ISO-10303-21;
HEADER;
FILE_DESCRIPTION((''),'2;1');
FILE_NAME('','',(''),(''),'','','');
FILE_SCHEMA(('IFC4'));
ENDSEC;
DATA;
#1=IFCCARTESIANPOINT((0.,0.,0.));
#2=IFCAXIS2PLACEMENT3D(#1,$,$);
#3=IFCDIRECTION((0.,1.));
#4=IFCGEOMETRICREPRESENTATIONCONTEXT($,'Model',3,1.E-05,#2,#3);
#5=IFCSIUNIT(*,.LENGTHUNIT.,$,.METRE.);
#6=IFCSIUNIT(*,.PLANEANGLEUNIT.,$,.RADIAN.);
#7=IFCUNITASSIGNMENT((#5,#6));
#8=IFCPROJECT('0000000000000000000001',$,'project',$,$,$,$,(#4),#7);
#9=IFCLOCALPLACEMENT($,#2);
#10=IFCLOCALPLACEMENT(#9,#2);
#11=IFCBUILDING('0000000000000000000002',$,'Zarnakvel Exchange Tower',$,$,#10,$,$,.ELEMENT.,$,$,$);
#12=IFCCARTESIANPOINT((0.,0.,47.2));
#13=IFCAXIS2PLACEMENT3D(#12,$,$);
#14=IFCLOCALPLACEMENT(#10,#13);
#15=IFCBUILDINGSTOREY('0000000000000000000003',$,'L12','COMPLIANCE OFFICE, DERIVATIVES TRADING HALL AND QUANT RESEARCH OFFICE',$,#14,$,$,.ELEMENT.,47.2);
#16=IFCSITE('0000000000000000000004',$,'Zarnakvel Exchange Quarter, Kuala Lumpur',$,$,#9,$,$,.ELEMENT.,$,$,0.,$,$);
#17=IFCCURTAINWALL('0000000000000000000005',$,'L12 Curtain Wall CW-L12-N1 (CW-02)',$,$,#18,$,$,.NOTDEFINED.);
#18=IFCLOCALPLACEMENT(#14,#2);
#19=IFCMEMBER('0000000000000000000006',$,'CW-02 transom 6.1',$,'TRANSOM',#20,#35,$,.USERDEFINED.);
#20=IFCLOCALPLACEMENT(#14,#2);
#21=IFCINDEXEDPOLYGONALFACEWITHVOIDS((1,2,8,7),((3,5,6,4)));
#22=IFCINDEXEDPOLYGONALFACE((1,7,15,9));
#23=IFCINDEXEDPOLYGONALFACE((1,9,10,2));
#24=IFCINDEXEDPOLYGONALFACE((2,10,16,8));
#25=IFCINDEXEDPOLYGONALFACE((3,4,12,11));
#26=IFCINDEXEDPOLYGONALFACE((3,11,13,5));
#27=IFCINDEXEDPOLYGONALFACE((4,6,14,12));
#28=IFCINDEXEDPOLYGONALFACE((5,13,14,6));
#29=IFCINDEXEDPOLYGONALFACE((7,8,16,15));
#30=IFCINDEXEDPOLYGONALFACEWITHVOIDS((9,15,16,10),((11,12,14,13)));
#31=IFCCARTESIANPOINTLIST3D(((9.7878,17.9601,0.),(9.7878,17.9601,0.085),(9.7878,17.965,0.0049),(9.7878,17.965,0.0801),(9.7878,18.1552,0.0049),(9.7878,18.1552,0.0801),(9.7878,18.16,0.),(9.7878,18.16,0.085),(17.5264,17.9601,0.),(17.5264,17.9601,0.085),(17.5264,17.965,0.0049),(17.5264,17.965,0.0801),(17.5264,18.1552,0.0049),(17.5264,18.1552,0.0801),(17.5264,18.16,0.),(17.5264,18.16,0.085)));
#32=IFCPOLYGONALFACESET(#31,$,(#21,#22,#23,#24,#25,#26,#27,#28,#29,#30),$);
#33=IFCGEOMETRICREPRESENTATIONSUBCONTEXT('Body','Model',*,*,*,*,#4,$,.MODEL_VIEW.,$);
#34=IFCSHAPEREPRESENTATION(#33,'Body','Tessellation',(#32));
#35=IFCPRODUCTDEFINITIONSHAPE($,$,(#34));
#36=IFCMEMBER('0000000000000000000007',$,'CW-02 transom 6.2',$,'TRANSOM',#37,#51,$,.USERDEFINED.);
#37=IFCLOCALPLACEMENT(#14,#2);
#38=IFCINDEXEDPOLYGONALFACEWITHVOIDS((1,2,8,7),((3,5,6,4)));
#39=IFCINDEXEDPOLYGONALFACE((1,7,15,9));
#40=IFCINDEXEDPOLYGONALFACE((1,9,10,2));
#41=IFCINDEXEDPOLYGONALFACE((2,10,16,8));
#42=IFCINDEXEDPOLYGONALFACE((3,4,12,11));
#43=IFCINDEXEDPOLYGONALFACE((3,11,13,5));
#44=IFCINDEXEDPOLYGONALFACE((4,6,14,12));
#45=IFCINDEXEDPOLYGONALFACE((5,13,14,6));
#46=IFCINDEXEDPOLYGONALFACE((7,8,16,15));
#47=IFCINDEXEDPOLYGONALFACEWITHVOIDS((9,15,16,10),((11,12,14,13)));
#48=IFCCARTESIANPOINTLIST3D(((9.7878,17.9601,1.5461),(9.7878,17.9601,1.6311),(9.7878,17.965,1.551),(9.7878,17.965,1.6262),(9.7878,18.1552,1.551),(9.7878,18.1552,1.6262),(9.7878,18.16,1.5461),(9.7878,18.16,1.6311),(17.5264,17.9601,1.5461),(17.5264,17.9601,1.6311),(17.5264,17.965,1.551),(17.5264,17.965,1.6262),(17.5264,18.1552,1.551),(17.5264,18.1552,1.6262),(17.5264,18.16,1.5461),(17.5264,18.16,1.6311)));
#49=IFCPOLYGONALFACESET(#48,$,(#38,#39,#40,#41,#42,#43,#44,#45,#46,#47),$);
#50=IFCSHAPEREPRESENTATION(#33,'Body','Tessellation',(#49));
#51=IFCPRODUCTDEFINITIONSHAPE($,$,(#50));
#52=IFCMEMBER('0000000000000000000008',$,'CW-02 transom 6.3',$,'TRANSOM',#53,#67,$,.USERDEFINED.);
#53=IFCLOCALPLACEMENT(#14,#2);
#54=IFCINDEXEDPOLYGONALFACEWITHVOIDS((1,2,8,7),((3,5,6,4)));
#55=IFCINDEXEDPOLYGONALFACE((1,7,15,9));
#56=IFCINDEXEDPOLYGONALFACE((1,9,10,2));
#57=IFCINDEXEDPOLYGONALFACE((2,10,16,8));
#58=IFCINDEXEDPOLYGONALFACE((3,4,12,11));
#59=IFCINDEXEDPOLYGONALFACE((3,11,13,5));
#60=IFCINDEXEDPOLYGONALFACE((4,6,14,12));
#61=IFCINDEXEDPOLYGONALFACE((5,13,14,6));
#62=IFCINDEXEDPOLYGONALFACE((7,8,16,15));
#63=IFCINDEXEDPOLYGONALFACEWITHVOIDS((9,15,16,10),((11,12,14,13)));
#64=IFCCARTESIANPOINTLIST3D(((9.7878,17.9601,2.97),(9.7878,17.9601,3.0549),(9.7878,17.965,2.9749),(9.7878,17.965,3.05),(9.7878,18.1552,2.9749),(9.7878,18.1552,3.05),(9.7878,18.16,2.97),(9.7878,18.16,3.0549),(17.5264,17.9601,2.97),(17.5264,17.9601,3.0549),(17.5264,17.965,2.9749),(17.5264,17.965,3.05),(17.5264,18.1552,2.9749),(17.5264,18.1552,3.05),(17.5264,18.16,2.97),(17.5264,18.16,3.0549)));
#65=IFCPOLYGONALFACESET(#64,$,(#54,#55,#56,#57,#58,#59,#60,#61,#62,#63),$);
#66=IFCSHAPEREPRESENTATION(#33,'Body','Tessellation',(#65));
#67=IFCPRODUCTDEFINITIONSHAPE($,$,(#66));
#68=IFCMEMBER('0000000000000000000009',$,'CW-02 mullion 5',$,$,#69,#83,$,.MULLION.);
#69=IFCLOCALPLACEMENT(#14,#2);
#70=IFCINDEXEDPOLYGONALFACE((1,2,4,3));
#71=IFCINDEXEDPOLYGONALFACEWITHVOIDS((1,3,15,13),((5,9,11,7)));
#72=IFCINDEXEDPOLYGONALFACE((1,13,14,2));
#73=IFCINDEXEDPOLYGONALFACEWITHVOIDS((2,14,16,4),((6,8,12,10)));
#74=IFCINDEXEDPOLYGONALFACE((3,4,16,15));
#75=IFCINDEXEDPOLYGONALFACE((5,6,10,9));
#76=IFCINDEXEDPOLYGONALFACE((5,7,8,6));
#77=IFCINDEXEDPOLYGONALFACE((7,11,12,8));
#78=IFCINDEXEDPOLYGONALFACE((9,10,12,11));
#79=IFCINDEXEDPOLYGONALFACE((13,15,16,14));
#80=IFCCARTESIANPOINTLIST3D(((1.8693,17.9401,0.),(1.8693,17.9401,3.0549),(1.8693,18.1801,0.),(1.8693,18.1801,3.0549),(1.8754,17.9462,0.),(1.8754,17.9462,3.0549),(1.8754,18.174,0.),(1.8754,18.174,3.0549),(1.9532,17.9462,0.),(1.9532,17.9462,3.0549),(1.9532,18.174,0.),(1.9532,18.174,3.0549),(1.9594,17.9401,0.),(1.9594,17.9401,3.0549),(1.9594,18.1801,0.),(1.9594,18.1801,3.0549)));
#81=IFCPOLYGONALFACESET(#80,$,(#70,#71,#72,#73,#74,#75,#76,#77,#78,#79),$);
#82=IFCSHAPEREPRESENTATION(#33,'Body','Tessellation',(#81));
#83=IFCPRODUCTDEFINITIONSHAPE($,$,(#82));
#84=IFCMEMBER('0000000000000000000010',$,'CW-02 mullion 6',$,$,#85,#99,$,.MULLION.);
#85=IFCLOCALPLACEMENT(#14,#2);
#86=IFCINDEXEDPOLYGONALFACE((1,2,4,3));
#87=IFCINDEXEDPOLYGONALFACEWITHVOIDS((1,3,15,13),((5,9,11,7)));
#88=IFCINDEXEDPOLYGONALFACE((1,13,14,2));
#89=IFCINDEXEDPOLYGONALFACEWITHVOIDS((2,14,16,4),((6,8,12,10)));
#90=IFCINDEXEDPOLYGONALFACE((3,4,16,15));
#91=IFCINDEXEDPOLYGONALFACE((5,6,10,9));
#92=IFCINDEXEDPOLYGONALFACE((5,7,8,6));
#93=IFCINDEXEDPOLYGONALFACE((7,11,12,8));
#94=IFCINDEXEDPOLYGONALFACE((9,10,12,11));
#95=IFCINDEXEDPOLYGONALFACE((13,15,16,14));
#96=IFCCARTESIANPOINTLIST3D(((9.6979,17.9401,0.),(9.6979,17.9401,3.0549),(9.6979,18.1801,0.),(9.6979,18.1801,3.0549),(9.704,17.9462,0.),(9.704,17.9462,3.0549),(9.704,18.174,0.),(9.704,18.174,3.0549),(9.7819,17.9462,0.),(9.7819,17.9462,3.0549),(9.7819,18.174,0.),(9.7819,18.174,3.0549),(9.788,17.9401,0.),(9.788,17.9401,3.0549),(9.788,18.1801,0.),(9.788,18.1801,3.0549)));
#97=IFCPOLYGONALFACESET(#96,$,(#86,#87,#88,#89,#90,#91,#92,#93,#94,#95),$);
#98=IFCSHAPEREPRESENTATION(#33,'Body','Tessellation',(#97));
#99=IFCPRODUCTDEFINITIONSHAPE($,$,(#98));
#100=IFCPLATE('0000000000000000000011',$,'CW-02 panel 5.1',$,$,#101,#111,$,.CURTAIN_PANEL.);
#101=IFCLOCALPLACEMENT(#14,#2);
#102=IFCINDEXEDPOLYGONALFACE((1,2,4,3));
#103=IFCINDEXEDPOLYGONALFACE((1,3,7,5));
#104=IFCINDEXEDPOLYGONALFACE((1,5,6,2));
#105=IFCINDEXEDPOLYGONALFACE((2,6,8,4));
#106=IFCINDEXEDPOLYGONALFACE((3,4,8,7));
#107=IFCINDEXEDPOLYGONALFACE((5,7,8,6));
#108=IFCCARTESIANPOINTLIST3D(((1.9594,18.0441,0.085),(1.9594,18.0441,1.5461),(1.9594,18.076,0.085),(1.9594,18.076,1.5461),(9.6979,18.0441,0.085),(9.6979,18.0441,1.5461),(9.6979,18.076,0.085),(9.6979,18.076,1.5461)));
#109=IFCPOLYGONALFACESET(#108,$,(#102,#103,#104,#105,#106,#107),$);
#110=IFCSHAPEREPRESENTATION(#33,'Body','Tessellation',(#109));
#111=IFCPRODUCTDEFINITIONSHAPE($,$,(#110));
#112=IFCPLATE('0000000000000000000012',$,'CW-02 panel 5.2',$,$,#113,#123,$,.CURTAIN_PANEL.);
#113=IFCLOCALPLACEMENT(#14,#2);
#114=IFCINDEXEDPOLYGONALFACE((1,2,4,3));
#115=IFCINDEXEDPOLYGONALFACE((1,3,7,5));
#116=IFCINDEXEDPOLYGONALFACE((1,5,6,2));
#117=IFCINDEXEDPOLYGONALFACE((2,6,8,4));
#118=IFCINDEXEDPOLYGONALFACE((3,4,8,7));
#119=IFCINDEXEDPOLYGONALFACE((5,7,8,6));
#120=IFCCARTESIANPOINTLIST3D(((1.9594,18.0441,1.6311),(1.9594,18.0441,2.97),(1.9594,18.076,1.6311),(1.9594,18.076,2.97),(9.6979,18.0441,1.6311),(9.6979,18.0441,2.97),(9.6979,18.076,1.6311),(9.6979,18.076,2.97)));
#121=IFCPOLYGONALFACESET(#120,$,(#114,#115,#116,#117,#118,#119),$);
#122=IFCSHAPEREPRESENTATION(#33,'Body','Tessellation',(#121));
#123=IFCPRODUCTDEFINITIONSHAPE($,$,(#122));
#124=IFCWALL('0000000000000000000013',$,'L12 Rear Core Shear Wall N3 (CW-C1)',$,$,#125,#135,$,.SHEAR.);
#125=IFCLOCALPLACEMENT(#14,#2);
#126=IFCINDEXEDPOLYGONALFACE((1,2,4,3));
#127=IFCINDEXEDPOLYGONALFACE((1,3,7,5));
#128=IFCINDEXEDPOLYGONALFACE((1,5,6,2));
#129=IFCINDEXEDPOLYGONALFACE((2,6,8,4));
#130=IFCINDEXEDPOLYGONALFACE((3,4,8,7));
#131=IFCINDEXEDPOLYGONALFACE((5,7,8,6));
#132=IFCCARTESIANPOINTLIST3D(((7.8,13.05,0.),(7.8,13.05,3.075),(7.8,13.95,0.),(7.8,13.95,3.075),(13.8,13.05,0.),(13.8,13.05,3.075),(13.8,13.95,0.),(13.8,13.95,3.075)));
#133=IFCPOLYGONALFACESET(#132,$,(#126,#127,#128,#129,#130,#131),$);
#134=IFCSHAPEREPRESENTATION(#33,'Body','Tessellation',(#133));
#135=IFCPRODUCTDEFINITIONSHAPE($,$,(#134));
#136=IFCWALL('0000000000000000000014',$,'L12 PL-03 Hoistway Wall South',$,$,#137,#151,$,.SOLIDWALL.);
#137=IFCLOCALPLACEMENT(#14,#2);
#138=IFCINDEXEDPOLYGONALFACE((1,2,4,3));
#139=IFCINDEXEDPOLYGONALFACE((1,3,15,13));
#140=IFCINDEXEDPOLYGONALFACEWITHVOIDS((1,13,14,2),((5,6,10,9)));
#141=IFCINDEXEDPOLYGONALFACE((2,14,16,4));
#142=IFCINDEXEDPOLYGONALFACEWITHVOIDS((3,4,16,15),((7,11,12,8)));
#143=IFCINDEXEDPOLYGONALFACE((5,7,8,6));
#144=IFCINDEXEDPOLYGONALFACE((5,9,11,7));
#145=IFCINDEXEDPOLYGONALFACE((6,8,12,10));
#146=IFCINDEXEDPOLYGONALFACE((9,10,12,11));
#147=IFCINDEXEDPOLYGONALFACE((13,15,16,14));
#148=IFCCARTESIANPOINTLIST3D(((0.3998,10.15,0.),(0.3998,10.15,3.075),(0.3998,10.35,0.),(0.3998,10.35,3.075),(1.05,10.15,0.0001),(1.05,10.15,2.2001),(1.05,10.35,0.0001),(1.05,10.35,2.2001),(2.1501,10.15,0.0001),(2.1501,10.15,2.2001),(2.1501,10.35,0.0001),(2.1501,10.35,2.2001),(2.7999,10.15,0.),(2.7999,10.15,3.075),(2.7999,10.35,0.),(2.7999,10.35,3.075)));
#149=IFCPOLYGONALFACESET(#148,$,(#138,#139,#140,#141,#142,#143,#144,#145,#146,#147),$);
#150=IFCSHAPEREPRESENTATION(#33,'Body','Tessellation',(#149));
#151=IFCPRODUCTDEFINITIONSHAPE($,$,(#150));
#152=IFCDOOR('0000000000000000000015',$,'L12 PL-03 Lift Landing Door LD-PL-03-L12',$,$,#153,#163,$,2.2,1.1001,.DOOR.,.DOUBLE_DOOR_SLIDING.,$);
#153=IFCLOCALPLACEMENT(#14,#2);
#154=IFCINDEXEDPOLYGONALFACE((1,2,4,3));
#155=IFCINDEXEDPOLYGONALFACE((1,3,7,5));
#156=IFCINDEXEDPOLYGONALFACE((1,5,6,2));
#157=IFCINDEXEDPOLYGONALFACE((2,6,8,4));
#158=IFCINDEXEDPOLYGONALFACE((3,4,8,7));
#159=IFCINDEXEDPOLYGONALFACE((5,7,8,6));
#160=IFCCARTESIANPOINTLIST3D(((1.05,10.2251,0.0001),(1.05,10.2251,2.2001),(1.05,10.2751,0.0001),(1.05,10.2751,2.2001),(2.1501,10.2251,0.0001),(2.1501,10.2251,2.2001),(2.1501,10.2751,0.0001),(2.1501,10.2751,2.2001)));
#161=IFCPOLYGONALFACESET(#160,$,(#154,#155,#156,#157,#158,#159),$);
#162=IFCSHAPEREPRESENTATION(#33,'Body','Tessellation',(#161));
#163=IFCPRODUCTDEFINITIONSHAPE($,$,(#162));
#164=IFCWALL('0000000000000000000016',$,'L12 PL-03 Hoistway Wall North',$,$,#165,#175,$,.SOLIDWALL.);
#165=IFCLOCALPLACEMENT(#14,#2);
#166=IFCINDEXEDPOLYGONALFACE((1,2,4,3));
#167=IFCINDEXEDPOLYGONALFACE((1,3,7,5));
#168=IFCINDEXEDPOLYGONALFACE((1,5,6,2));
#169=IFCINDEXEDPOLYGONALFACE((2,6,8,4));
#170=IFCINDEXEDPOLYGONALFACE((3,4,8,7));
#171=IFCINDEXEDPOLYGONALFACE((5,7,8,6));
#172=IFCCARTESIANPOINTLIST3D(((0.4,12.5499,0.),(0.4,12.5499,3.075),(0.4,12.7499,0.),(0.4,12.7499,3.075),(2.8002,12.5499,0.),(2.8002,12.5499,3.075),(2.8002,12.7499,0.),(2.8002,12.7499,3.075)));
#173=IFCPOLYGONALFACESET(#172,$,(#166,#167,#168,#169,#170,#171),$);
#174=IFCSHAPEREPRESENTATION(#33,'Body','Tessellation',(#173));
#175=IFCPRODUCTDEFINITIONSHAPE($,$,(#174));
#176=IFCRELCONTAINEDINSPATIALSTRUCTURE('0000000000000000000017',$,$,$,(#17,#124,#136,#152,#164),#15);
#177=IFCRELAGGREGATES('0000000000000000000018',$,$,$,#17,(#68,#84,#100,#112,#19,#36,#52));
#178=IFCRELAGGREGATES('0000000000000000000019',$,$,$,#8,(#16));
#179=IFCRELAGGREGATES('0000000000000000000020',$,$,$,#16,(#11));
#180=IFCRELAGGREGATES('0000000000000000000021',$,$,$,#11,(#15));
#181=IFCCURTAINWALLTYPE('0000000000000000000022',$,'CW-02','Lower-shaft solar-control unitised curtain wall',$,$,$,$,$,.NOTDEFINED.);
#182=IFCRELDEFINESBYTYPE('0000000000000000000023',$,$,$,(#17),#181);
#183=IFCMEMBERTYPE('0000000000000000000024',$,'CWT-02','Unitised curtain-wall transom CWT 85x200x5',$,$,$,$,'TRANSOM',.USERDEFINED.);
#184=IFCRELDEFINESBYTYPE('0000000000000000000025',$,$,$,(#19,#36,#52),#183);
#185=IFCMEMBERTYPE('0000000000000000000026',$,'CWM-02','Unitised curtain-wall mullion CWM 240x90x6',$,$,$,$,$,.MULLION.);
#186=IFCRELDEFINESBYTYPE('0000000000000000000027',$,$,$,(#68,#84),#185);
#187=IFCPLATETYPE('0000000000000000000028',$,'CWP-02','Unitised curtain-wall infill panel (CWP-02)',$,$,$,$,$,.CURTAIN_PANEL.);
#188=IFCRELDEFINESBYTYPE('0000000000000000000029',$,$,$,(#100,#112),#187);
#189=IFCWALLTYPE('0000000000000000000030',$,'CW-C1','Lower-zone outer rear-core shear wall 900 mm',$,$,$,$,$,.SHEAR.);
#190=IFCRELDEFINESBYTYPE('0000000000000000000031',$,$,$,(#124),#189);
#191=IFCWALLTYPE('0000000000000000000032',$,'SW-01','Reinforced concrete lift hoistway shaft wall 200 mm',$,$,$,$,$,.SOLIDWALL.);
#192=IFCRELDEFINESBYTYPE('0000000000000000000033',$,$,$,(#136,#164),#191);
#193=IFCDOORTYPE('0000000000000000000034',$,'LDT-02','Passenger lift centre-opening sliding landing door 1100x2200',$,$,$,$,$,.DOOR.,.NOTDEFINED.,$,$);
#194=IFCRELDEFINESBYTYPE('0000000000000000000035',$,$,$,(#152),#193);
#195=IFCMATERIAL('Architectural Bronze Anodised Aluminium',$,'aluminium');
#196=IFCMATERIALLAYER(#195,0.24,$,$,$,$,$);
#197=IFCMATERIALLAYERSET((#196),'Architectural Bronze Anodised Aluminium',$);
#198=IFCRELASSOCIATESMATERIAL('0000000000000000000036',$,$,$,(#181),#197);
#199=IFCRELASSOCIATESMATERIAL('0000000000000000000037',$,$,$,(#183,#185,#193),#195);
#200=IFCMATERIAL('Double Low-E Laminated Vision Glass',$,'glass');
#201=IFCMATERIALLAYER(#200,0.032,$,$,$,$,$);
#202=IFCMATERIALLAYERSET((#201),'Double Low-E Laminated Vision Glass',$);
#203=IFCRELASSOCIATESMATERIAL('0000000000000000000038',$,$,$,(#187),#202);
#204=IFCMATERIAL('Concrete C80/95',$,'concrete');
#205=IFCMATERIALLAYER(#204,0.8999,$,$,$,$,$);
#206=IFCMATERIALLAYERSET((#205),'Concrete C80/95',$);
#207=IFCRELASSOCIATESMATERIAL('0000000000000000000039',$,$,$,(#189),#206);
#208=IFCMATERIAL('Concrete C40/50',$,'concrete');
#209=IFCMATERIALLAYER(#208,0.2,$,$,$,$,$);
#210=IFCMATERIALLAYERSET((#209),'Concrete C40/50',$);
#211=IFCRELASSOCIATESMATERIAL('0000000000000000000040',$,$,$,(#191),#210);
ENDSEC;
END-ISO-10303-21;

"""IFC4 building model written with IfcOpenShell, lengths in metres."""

from ifc_helpers import new_model, si_unit, direction, frame, frame_2d, origin, origin_2d, place, context, subcontext, project, spatial, rectangle, hollow_rectangle, extrude, source, transform, mapped, material, layer, layer_set, material_profile, profile_set, type_object, element, fill, aggregate, save


model = new_model("IFC4")

# Units and contexts
model_context = context("Model", 3, precision=1e-05, world=origin(), true_north=direction((0.0, 1.0)))
body_context = subcontext(model_context, "Body", "Model", "MODEL_VIEW")
ifc_project = project(units=[si_unit("LENGTHUNIT", "METRE"), si_unit("PLANEANGLEUNIT", "RADIAN")], contexts=[model_context])

# Site, building, storey
site_placement = place(None, origin())
site = spatial("IfcSite", under=ifc_project, at=site_placement, Name="Zarnakvel Exchange Quarter, Kuala Lumpur", CompositionType="ELEMENT", RefElevation=0.0)
building_placement = place(site_placement, origin())
building = spatial("IfcBuilding", under=site, at=building_placement, Name="Zarnakvel Exchange Tower", CompositionType="ELEMENT")
storey_placement = place(building_placement, frame((0.0, 0.0, 47.2)))
storey = spatial("IfcBuildingStorey", under=building, at=storey_placement, Name="L12", Description="COMPLIANCE OFFICE, DERIVATIVES TRADING HALL AND QUANT RESEARCH OFFICE", CompositionType="ELEMENT", Elevation=47.2)

# Shared definitions
ifc_material_1 = material(Name="Concrete C80/95", Category="concrete")

# Curtain wall, members, plates
ifc_material_2 = material(Name="Architectural Bronze Anodised Aluminium", Category="aluminium")
ifc_layer_1 = layer(ifc_material_2, 0.24)
ifc_layer_set_1 = layer_set([ifc_layer_1], Name="Architectural Bronze Anodised Aluminium")
curtain_wall_type = type_object("IfcCurtainWallType", Name="CW-02", Description="Lower-shaft solar-control unitised curtain wall", PredefinedType="NOTDEFINED", material=ifc_layer_set_1)
curtain_wall_placement = place(storey_placement, origin())
curtain_wall = element("IfcCurtainWall", 1, at=curtain_wall_placement, inside=storey, type_object=curtain_wall_type, Name="L12 Curtain Wall CW-L12-N1 (CW-02)", PredefinedType="NOTDEFINED")
ifc_material_profile_1 = material_profile(ifc_material_2, hollow_rectangle(XDim=0.2, YDim=0.085, WallThickness=0.0049, at=origin_2d()))
ifc_profile_set_1 = profile_set([ifc_material_profile_1], Name="Architectural Bronze Anodised Aluminium")
member_type_1 = type_object("IfcMemberType", Name="CWT-02", Description="Unitised curtain-wall transom CWT 85x200x5", ElementType="TRANSOM", PredefinedType="USERDEFINED", material=ifc_profile_set_1)
shared_shape_1 = source(origin(), body_context, "Body", "SweptSolid", [
    extrude(hollow_rectangle(XDim=0.2, YDim=0.085, WallThickness=0.0049, at=origin_2d()), origin(), (0.0, 0.0, 1.0), 7.7385),
])
member_1_placement = place(storey_placement, frame((9.7878, 18.0601, 0.0425), z_axis=(1.0, 0.0, 0.0), x_axis=(0.0, 1.0, 0.0)))
member_1 = element("IfcMember", 2, at=member_1_placement, type_object=member_type_1, Name="CW-02 transom 6.1", ObjectType="TRANSOM", PredefinedType="USERDEFINED", context=body_context, shape_type="MappedRepresentation", body=[
    mapped(shared_shape_1, transform((0.0, 0.0, 0.0), x_axis=(1.0, 0.0, 0.0), y_axis=(0.0, 1.0, 0.0), z_axis=(0.0, 0.0, 1.0), scale=1.0)),
])
member_2_placement = place(storey_placement, frame((9.7878, 18.0601, 1.5886), z_axis=(1.0, 0.0, 0.0), x_axis=(0.0, 1.0, 0.0)))
member_2 = element("IfcMember", 3, at=member_2_placement, type_object=member_type_1, Name="CW-02 transom 6.2", ObjectType="TRANSOM", PredefinedType="USERDEFINED", context=body_context, shape_type="MappedRepresentation", body=[
    mapped(shared_shape_1, transform((0.0, 0.0, 0.0), x_axis=(1.0, 0.0, 0.0), y_axis=(0.0, 1.0, 0.0), z_axis=(0.0, 0.0, 1.0), scale=1.0)),
])
member_3_placement = place(storey_placement, frame((9.7878, 18.0601, 3.0125), z_axis=(1.0, 0.0, 0.0), x_axis=(0.0, 1.0, 0.0)))
member_3 = element("IfcMember", 4, at=member_3_placement, type_object=member_type_1, Name="CW-02 transom 6.3", ObjectType="TRANSOM", PredefinedType="USERDEFINED", context=body_context, shape_type="MappedRepresentation", body=[
    mapped(shared_shape_1, transform((0.0, 0.0, 0.0), x_axis=(1.0, 0.0, 0.0), y_axis=(0.0, 1.0, 0.0), z_axis=(0.0, 0.0, 1.0), scale=1.0)),
])
ifc_material_profile_2 = material_profile(ifc_material_2, hollow_rectangle(XDim=0.24, YDim=0.0901, WallThickness=0.0061, at=origin_2d()))
ifc_profile_set_2 = profile_set([ifc_material_profile_2], Name="Architectural Bronze Anodised Aluminium")
member_type_2 = type_object("IfcMemberType", Name="CWM-02", Description="Unitised curtain-wall mullion CWM 240x90x6", PredefinedType="MULLION", material=ifc_profile_set_2)
shared_shape_2 = source(origin(), body_context, "Body", "SweptSolid", [
    extrude(hollow_rectangle(XDim=0.24, YDim=0.0901, WallThickness=0.0061, at=origin_2d()), origin(), (0.0, 0.0, 1.0), 3.0549),
])
member_4_placement = place(storey_placement, frame((1.9143, 18.0601, 0.0), z_axis=(0.0, 0.0, 1.0), x_axis=(0.0, 1.0, 0.0)))
member_4 = element("IfcMember", 5, at=member_4_placement, type_object=member_type_2, Name="CW-02 mullion 5", PredefinedType="MULLION", context=body_context, shape_type="MappedRepresentation", body=[
    mapped(shared_shape_2, transform((0.0, 0.0, 0.0), x_axis=(1.0, 0.0, 0.0), y_axis=(0.0, 1.0, 0.0), z_axis=(0.0, 0.0, 1.0), scale=1.0)),
])
member_5_placement = place(storey_placement, frame((9.7429, 18.0601, 0.0), z_axis=(0.0, 0.0, 1.0), x_axis=(0.0, 1.0, 0.0)))
member_5 = element("IfcMember", 6, at=member_5_placement, type_object=member_type_2, Name="CW-02 mullion 6", PredefinedType="MULLION", context=body_context, shape_type="MappedRepresentation", body=[
    mapped(shared_shape_2, transform((0.0, 0.0, 0.0), x_axis=(1.0, 0.0, 0.0), y_axis=(0.0, 1.0, 0.0), z_axis=(0.0, 0.0, 1.0), scale=1.0)),
])
ifc_material_3 = material(Name="Double Low-E Laminated Vision Glass", Category="glass")
ifc_layer_2 = layer(ifc_material_3, 0.032)
ifc_layer_set_2 = layer_set([ifc_layer_2], Name="Double Low-E Laminated Vision Glass")
plate_type = type_object("IfcPlateType", Name="CWP-02", Description="Unitised curtain-wall infill panel (CWP-02)", PredefinedType="CURTAIN_PANEL", material=ifc_layer_set_2)
shared_shape_3 = source(origin(), body_context, "Body", "SweptSolid", [
    extrude(rectangle(XDim=7.7385, YDim=0.032, at=origin_2d()), origin(), (0.0, 0.0, 1.0), 1.4612),
])
plate_1_placement = place(storey_placement, frame((5.8286, 18.0601, 0.085), z_axis=(0.0, 0.0, 1.0), x_axis=(1.0, 0.0, 0.0)))
plate_1 = element("IfcPlate", 7, at=plate_1_placement, type_object=plate_type, Name="CW-02 panel 5.1", PredefinedType="CURTAIN_PANEL", context=body_context, shape_type="MappedRepresentation", body=[
    mapped(shared_shape_3, transform((0.0, 0.0, 0.0), x_axis=(1.0, 0.0, 0.0), y_axis=(0.0, 1.0, 0.0), z_axis=(0.0, 0.0, 1.0), scale=1.0)),
])
shared_shape_4 = source(origin(), body_context, "Body", "SweptSolid", [
    extrude(rectangle(XDim=7.7385, YDim=0.032, at=origin_2d()), origin(), (0.0, 0.0, 1.0), 1.3389),
])
plate_2_placement = place(storey_placement, frame((5.8286, 18.0601, 1.6311), z_axis=(0.0, 0.0, 1.0), x_axis=(1.0, 0.0, 0.0)))
plate_2 = element("IfcPlate", 8, at=plate_2_placement, type_object=plate_type, Name="CW-02 panel 5.2", PredefinedType="CURTAIN_PANEL", context=body_context, shape_type="MappedRepresentation", body=[
    mapped(shared_shape_4, transform((0.0, 0.0, 0.0), x_axis=(1.0, 0.0, 0.0), y_axis=(0.0, 1.0, 0.0), z_axis=(0.0, 0.0, 1.0), scale=1.0)),
])
aggregate(curtain_wall, [member_4, member_5, plate_1, plate_2, member_1, member_2, member_3])

# Wall
ifc_layer_3 = layer(ifc_material_1, 0.8999)
ifc_layer_set_3 = layer_set([ifc_layer_3], Name="Concrete C80/95")
wall_type_1 = type_object("IfcWallType", Name="CW-C1", Description="Lower-zone outer rear-core shear wall 900 mm", PredefinedType="SHEAR", material=ifc_layer_set_3)
wall_1_placement = place(storey_placement, frame((7.8, 13.5, 0.0), z_axis=(0.0, 0.0, 1.0), x_axis=(1.0, 0.0, 0.0)))
element("IfcWall", 9, at=wall_1_placement, inside=storey, type_object=wall_type_1, Name="L12 Rear Core Shear Wall N3 (CW-C1)", PredefinedType="SHEAR", context=body_context, shape_type="SweptSolid", body=[
    extrude(rectangle(XDim=6.0, YDim=0.8999, at=frame_2d((3.0, 0.0))), origin(), (0.0, 0.0, 1.0), 3.075),
])

# Wall, opening, door
ifc_material_4 = material(Name="Concrete C40/50", Category="concrete")
ifc_layer_4 = layer(ifc_material_4, 0.2)
ifc_layer_set_4 = layer_set([ifc_layer_4], Name="Concrete C40/50")
wall_type_2 = type_object("IfcWallType", Name="SW-01", Description="Reinforced concrete lift hoistway shaft wall 200 mm", PredefinedType="SOLIDWALL", material=ifc_layer_set_4)
wall_2_placement = place(storey_placement, frame((2.8, 10.25, 0.0), z_axis=(0.0, 0.0, 1.0), x_axis=(-1.0, 0.0, 0.0)))
wall_2 = element("IfcWall", 10, at=wall_2_placement, inside=storey, type_object=wall_type_2, Name="L12 PL-03 Hoistway Wall South", PredefinedType="SOLIDWALL", context=body_context, shape_type="SweptSolid", body=[
    extrude(rectangle(XDim=2.4001, YDim=0.2, at=frame_2d((1.2002, 0.0))), origin(), (0.0, 0.0, 1.0), 3.075),
])
opening_1_placement = place(wall_2_placement, frame((0.6499, 0.0, 0.0)))
opening_1 = element("IfcOpeningElement", 11, at=opening_1_placement, cuts=wall_2, PredefinedType="OPENING", context=body_context, shape_type="SweptSolid", body=[
    extrude(rectangle(XDim=1.1001, YDim=2.2, at=frame_2d((0.55, 1.1001))), frame((0.0, 0.1099, 0.0), z_axis=(0.0, -1.0, 0.0), x_axis=(1.0, 0.0, 0.0)), (0.0, 0.0, 1.0), 0.22),
])
door_type = type_object("IfcDoorType", Name="LDT-02", Description="Passenger lift centre-opening sliding landing door 1100x2200", OperationType="NOTDEFINED", PredefinedType="DOOR", material=ifc_material_2)
shared_shape_5 = source(origin(), body_context, "Body", "SweptSolid", [
    extrude(rectangle(XDim=1.1001, YDim=2.2, at=frame_2d((0.55, 1.1001))), frame((0.0, 0.0249, 0.0), z_axis=(0.0, -1.0, 0.0), x_axis=(1.0, 0.0, 0.0)), (0.0, 0.0, 1.0), 0.05),
])
door_1_placement = place(opening_1_placement, origin())
door_1 = element("IfcDoor", 12, at=door_1_placement, inside=storey, type_object=door_type, Name="L12 PL-03 Lift Landing Door LD-PL-03-L12", OperationType="DOUBLE_DOOR_SLIDING", OverallHeight=2.2, OverallWidth=1.1001, PredefinedType="DOOR", context=body_context, shape_type="MappedRepresentation", body=[
    mapped(shared_shape_5, transform((0.0, 0.0, 0.0), x_axis=(1.0, 0.0, 0.0), y_axis=(0.0, 1.0, 0.0), z_axis=(0.0, 0.0, 1.0), scale=1.0)),
])
fill(opening_1, door_1)

# Wall
wall_3_placement = place(storey_placement, frame((0.3999, 12.6499, 0.0), z_axis=(0.0, 0.0, 1.0), x_axis=(1.0, 0.0, 0.0)))
element("IfcWall", 13, at=wall_3_placement, inside=storey, type_object=wall_type_2, Name="L12 PL-03 Hoistway Wall North", PredefinedType="SOLIDWALL", context=body_context, shape_type="SweptSolid", body=[
    extrude(rectangle(XDim=2.4001, YDim=0.2, at=frame_2d((1.2002, 0.0))), origin(), (0.0, 0.0, 1.0), 3.075),
])

save(model, "model.ifc")
